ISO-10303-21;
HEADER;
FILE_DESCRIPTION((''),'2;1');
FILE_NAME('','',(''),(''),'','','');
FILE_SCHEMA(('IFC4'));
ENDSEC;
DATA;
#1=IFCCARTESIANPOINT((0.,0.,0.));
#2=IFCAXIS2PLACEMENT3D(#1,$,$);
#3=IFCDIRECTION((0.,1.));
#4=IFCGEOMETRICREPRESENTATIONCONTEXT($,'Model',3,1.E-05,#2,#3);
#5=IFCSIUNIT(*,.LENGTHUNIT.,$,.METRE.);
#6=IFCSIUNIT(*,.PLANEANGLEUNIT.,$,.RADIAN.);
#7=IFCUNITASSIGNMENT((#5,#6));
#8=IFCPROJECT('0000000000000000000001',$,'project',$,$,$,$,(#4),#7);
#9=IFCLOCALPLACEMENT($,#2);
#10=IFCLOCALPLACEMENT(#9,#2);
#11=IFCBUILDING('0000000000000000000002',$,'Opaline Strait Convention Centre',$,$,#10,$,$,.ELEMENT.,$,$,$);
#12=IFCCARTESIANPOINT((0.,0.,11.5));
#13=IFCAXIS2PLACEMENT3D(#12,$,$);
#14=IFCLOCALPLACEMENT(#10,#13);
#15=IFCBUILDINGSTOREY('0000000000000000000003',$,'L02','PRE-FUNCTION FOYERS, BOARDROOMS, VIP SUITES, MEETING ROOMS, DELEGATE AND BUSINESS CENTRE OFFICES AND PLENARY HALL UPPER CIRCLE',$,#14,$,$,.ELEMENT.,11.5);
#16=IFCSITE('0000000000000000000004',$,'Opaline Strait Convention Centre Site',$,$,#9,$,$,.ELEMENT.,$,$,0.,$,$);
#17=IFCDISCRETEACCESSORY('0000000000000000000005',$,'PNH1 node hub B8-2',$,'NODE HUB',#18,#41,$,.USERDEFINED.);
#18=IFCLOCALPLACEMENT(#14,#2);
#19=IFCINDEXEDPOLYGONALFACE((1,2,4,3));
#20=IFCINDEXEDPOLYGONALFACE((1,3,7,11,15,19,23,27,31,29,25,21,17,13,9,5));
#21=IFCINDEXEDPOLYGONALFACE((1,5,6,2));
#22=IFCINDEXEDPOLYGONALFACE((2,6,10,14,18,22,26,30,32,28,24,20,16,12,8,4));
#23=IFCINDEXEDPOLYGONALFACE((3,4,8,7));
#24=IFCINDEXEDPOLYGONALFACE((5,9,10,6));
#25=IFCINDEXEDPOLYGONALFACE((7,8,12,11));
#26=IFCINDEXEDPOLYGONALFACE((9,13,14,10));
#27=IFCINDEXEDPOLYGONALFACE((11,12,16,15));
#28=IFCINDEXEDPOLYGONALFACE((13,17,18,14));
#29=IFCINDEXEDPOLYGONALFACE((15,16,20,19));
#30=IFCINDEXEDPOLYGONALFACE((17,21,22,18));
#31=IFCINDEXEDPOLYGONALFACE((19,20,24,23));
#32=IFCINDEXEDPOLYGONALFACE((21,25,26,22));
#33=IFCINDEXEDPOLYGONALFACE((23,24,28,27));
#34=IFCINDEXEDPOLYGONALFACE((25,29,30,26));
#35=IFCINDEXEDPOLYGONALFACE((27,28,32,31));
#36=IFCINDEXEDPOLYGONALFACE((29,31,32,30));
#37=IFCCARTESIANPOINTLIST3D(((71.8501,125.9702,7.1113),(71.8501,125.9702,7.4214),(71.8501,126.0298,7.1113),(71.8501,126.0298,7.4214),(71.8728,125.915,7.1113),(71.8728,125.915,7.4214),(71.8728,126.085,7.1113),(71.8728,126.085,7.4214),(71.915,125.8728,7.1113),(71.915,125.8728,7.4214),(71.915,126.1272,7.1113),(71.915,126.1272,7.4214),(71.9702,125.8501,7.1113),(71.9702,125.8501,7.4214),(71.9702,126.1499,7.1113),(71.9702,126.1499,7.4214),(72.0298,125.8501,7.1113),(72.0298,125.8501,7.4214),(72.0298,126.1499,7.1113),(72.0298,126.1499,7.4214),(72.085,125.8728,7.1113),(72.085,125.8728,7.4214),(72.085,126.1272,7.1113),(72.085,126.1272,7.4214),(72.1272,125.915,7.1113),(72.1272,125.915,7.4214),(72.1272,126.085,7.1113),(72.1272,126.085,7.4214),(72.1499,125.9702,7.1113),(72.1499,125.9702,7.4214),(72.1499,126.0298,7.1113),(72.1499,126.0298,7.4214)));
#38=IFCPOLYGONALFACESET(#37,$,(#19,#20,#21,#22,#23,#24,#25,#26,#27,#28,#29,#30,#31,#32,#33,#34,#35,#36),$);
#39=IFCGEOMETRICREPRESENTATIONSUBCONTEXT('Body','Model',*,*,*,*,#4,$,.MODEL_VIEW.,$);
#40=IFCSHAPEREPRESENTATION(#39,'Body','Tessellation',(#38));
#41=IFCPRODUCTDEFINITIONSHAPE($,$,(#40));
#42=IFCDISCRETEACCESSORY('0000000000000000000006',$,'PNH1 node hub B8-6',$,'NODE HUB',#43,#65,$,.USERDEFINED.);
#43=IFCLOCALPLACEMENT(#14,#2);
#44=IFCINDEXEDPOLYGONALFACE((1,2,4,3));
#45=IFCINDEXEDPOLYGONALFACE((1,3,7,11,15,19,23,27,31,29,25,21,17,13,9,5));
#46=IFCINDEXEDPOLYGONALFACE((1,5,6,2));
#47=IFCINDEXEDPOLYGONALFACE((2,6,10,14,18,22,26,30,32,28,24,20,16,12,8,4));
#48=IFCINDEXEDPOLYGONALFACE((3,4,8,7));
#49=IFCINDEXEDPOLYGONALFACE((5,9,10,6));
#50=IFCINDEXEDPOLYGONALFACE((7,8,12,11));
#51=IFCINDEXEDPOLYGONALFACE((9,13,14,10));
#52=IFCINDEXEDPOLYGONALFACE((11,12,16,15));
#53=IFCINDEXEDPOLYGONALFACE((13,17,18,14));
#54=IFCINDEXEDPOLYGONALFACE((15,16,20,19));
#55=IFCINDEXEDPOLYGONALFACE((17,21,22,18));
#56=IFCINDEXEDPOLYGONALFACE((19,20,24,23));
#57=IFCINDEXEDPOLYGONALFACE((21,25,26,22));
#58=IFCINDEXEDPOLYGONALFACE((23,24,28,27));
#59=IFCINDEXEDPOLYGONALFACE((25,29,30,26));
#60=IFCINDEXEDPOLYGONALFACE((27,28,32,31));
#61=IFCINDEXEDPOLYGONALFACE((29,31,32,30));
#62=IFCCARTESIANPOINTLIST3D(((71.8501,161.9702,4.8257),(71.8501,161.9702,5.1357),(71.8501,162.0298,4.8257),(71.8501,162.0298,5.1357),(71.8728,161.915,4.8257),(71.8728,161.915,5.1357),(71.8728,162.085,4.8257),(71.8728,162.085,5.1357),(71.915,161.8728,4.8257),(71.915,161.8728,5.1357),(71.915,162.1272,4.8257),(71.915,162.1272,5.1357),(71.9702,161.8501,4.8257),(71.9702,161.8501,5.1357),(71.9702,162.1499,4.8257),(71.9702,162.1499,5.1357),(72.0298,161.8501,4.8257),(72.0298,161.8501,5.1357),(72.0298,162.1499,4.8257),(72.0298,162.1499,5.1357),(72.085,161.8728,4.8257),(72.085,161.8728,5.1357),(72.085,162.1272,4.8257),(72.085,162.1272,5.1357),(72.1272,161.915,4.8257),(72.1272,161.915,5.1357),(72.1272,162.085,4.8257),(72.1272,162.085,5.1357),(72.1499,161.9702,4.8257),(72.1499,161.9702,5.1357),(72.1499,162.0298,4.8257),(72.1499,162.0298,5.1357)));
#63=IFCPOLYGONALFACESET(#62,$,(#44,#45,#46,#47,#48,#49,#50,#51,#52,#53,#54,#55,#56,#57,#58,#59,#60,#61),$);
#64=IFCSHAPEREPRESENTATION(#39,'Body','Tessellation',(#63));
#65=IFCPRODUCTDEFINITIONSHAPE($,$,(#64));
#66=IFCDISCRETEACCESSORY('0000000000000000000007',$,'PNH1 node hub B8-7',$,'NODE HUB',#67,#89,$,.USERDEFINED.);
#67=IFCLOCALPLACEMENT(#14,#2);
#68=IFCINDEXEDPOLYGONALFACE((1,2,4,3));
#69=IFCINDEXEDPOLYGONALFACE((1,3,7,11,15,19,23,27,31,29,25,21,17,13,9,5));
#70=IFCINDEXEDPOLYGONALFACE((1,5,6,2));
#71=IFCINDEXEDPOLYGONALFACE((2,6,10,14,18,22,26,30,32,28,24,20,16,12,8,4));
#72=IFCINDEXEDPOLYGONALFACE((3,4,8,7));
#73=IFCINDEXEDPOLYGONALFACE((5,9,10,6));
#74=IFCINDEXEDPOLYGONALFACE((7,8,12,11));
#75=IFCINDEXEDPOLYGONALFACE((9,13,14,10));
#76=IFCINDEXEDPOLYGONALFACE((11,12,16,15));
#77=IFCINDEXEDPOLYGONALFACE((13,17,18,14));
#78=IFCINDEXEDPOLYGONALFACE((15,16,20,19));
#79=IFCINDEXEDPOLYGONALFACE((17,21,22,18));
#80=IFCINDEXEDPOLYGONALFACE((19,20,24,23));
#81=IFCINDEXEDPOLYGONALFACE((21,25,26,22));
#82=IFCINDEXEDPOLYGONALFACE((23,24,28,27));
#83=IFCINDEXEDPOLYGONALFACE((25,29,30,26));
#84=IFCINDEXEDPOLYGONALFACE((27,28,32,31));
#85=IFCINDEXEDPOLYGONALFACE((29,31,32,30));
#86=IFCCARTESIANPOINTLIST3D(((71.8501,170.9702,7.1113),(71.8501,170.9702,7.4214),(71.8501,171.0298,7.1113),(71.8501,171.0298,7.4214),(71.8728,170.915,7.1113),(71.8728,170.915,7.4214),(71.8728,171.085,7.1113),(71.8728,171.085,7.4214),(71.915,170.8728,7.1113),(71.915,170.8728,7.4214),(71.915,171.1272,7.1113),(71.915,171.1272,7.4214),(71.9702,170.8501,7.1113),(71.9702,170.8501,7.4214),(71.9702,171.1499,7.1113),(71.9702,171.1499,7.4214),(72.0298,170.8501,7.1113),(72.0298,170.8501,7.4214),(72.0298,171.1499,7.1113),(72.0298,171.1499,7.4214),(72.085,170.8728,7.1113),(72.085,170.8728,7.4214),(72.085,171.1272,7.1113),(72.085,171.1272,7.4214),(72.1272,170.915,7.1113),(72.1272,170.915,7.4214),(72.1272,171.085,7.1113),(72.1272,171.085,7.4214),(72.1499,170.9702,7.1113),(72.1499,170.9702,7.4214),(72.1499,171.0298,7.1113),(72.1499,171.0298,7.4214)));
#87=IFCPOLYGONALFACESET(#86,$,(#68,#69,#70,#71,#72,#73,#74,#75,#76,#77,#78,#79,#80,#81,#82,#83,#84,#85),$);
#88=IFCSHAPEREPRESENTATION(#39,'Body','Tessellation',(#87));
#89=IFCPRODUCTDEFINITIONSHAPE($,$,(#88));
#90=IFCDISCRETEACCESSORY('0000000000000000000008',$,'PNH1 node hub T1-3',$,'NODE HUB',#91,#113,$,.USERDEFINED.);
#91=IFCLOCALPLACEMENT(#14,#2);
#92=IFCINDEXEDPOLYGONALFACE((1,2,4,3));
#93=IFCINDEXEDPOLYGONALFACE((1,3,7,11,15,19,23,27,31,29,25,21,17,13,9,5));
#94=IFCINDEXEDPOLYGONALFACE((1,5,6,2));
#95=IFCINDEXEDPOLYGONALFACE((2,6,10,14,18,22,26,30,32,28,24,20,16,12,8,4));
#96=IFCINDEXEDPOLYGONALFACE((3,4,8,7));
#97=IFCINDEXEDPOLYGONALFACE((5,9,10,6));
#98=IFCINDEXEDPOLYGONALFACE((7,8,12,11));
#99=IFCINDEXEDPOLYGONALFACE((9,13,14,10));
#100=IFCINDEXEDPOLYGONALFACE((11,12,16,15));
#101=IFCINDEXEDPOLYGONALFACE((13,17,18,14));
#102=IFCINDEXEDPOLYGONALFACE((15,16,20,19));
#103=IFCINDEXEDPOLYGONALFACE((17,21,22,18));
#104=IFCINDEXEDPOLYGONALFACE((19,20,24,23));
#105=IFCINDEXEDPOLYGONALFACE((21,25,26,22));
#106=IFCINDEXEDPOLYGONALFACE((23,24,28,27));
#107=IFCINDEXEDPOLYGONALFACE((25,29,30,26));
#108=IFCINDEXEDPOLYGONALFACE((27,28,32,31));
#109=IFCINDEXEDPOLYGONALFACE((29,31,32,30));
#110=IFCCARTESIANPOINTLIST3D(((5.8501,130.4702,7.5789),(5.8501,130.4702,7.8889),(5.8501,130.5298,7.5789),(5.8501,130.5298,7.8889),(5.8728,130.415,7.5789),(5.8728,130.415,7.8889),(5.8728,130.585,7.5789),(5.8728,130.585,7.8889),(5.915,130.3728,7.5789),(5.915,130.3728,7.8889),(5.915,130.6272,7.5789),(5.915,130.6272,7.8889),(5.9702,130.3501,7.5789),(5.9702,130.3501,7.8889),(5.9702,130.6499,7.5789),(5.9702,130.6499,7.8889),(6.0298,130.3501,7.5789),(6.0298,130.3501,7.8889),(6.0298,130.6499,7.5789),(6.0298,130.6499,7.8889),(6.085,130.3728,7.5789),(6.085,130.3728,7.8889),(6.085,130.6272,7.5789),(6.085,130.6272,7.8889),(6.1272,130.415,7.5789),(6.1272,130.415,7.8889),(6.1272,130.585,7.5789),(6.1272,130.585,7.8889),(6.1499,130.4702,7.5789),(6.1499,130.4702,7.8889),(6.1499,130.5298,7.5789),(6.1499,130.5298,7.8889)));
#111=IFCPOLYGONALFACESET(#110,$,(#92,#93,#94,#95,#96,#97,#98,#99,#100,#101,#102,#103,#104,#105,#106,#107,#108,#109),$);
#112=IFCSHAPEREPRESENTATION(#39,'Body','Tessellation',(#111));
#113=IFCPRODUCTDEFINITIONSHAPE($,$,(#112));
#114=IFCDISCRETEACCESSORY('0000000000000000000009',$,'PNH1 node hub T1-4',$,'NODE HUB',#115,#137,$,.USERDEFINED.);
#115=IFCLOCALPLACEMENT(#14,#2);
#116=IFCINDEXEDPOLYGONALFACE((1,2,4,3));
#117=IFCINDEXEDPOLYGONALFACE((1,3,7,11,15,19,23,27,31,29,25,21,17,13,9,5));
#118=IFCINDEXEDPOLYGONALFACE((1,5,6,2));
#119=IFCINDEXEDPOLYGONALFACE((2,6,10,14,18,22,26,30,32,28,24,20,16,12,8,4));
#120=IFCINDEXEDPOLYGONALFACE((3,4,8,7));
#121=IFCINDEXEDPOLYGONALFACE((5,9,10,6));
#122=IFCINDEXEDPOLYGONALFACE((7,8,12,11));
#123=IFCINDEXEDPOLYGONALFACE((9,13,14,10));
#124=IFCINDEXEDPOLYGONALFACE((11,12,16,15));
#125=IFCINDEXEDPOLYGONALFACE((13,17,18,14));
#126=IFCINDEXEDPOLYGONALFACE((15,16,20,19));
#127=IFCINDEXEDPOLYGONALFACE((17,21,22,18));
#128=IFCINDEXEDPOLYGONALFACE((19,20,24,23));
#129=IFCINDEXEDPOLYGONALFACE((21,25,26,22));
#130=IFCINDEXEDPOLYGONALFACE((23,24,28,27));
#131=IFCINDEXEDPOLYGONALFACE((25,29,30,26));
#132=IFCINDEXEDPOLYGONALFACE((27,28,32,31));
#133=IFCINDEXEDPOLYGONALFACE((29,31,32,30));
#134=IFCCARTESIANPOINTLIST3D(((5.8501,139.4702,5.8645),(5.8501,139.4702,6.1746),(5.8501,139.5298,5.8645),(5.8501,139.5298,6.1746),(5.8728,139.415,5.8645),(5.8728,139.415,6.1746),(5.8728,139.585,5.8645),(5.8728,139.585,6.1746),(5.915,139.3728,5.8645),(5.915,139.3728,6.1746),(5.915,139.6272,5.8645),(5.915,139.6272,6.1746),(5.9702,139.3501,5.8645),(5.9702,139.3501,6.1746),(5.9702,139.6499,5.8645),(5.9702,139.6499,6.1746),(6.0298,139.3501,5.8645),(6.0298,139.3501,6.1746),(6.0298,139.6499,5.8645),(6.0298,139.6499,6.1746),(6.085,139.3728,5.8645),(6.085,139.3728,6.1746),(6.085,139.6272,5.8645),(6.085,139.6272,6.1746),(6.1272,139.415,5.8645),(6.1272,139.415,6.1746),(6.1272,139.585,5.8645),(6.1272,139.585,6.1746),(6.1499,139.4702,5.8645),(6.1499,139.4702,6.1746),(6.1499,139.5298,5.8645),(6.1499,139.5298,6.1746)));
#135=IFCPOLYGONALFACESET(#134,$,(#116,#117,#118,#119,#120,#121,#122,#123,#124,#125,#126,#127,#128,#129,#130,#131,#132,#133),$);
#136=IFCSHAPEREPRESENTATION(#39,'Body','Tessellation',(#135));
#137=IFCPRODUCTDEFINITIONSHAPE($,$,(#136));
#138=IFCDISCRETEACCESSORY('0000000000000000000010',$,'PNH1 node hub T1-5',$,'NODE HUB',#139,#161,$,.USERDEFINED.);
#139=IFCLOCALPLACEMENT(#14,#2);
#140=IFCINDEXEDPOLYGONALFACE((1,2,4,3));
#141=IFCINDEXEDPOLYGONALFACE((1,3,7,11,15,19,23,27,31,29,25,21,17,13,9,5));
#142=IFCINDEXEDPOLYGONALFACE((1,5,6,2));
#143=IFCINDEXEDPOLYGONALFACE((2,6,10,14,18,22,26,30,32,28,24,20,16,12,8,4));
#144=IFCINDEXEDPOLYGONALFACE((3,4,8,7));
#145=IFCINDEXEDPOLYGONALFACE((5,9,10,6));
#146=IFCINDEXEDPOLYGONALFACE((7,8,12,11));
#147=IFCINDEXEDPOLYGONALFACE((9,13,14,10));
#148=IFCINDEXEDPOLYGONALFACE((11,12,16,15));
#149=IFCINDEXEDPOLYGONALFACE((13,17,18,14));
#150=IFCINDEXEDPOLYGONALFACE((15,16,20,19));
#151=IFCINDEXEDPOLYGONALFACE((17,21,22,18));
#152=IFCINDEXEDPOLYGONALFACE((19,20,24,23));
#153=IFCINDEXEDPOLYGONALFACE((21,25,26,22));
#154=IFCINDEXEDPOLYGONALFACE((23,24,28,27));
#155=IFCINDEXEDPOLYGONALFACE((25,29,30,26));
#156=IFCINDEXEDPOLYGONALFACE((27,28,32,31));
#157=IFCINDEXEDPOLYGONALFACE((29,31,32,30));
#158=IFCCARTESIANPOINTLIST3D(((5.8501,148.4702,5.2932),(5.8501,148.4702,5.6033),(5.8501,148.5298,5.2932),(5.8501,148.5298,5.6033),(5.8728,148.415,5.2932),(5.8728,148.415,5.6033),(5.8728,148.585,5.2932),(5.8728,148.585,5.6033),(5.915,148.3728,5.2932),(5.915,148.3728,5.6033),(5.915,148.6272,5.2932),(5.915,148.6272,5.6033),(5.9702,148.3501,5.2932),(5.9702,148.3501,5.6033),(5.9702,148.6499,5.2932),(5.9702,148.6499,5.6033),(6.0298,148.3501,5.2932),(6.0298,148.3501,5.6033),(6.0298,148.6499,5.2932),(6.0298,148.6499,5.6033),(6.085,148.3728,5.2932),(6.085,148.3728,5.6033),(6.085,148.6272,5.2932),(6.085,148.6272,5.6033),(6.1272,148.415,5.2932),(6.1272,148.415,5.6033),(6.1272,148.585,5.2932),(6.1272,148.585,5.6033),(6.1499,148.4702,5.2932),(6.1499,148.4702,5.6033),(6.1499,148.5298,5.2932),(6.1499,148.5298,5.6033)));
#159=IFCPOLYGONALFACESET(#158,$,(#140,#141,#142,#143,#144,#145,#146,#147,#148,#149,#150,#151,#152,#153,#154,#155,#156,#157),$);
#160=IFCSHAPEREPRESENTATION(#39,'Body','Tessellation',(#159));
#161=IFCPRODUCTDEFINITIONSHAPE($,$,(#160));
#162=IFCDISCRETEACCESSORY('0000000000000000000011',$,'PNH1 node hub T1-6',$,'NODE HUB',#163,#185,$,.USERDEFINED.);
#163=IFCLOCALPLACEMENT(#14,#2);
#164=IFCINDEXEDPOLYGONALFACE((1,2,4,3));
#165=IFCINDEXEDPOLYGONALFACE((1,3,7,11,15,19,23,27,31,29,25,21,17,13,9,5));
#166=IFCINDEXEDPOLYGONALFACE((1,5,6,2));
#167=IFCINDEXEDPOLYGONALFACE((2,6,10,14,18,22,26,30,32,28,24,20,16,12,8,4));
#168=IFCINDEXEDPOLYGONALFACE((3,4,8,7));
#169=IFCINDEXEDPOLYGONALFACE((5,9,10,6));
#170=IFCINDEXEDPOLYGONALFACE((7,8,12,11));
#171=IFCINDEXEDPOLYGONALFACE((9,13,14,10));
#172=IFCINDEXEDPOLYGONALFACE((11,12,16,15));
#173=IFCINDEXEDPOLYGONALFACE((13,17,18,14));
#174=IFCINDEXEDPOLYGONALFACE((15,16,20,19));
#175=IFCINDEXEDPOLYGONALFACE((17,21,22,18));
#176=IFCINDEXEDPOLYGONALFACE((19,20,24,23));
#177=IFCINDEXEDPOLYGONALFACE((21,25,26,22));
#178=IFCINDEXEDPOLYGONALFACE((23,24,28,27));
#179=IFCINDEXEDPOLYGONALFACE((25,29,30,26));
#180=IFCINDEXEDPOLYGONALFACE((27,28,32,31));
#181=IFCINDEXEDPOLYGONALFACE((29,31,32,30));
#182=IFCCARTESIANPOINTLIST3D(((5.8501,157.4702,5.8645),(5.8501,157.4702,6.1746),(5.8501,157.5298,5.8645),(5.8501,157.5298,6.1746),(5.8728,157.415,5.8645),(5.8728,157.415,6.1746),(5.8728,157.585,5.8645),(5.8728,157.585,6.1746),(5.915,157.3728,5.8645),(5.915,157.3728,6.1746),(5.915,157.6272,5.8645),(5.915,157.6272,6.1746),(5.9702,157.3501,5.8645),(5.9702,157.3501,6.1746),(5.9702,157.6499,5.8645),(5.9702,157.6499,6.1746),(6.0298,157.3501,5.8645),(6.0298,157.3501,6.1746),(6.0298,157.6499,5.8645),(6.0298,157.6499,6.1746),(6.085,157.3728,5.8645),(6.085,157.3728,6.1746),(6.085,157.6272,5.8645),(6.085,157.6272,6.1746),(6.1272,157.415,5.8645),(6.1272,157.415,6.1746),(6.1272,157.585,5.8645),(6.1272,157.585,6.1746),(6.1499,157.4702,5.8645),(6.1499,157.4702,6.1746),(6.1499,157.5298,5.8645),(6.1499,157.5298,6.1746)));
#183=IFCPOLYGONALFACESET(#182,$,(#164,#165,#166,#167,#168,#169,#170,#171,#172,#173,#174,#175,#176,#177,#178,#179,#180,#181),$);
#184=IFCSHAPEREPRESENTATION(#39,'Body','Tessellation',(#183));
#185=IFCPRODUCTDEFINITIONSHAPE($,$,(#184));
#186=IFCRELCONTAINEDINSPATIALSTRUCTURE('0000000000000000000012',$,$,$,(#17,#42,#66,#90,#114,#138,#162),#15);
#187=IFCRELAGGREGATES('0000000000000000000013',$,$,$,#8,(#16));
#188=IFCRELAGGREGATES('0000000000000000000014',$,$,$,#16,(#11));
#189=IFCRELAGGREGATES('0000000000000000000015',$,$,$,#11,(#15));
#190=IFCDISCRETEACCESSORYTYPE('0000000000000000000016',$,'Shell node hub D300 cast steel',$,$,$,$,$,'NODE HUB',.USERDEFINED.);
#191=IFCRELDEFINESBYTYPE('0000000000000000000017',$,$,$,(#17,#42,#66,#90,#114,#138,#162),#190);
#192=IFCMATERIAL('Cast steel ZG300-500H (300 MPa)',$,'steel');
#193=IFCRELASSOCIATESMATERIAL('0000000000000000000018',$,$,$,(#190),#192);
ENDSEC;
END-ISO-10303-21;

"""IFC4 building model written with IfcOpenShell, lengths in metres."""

from ifc_helpers import new_model, si_unit, direction, frame, origin, place, context, subcontext, project, spatial, polyline, outline, extrude, material, type_object, element, save


model = new_model("IFC4")

# Units and contexts
model_context = context("Model", 3, precision=1e-05, world=origin(), true_north=direction((0.0, 1.0)))
body_context = subcontext(model_context, "Body", "Model", "MODEL_VIEW")
ifc_project = project(units=[si_unit("LENGTHUNIT", "METRE"), si_unit("PLANEANGLEUNIT", "RADIAN")], contexts=[model_context])

# Site, building, storey
site_placement = place(None, origin())
site = spatial("IfcSite", under=ifc_project, at=site_placement, Name="Opaline Strait Convention Centre Site", CompositionType="ELEMENT", RefElevation=0.0)
building_placement = place(site_placement, origin())
building = spatial("IfcBuilding", under=site, at=building_placement, Name="Opaline Strait Convention Centre", CompositionType="ELEMENT")
storey_placement = place(building_placement, frame((0.0, 0.0, 11.5)))
storey = spatial("IfcBuildingStorey", under=building, at=storey_placement, Name="L02", Description="PRE-FUNCTION FOYERS, BOARDROOMS, VIP SUITES, MEETING ROOMS, DELEGATE AND BUSINESS CENTRE OFFICES AND PLENARY HALL UPPER CIRCLE", CompositionType="ELEMENT", Elevation=11.5)

# Discrete accessories
ifc_material = material(Name="Cast steel ZG300-500H (300 MPa)", Category="steel")
discrete_accessory_type = type_object("IfcDiscreteAccessoryType", Name="Shell node hub D300 cast steel", ElementType="NODE HUB", PredefinedType="USERDEFINED", material=ifc_material)
discrete_accessory_1_placement = place(storey_placement, frame((0.0, 0.0, 7.1113)))
element("IfcDiscreteAccessory", 1, at=discrete_accessory_1_placement, inside=storey, type_object=discrete_accessory_type, Name="PNH1 node hub B8-2", ObjectType="NODE HUB", PredefinedType="USERDEFINED", context=body_context, shape_type="SweptSolid", body=[
    extrude(outline(polyline([(72.1499, 126.0298), (72.1272, 126.085), (72.085, 126.1272), (72.0298, 126.1499), (71.9702, 126.1499), (71.915, 126.1272), (71.8728, 126.085), (71.8501, 126.0298), (71.8501, 125.9702), (71.8728, 125.915), (71.915, 125.8728), (71.9702, 125.8501), (72.0298, 125.8501), (72.085, 125.8728), (72.1272, 125.915), (72.1499, 125.9702), (72.1499, 126.0298)])), origin(), (0.0, 0.0, 1.0), 0.3101),
])
discrete_accessory_2_placement = place(storey_placement, frame((0.0, 0.0, 4.8257)))
element("IfcDiscreteAccessory", 2, at=discrete_accessory_2_placement, inside=storey, type_object=discrete_accessory_type, Name="PNH1 node hub B8-6", ObjectType="NODE HUB", PredefinedType="USERDEFINED", context=body_context, shape_type="SweptSolid", body=[
    extrude(outline(polyline([(72.1499, 162.0298), (72.1272, 162.085), (72.085, 162.1272), (72.0298, 162.1499), (71.9702, 162.1499), (71.915, 162.1272), (71.8728, 162.085), (71.8501, 162.0298), (71.8501, 161.9702), (71.8728, 161.915), (71.915, 161.8728), (71.9702, 161.8501), (72.0298, 161.8501), (72.085, 161.8728), (72.1272, 161.915), (72.1499, 161.9702), (72.1499, 162.0298)])), origin(), (0.0, 0.0, 1.0), 0.3101),
])
discrete_accessory_3_placement = place(storey_placement, frame((0.0, 0.0, 7.1113)))
element("IfcDiscreteAccessory", 3, at=discrete_accessory_3_placement, inside=storey, type_object=discrete_accessory_type, Name="PNH1 node hub B8-7", ObjectType="NODE HUB", PredefinedType="USERDEFINED", context=body_context, shape_type="SweptSolid", body=[
    extrude(outline(polyline([(72.1499, 171.0298), (72.1272, 171.085), (72.085, 171.1272), (72.0298, 171.1499), (71.9702, 171.1499), (71.915, 171.1272), (71.8728, 171.085), (71.8501, 171.0298), (71.8501, 170.9702), (71.8728, 170.915), (71.915, 170.8728), (71.9702, 170.8501), (72.0298, 170.8501), (72.085, 170.8728), (72.1272, 170.915), (72.1499, 170.9702), (72.1499, 171.0298)])), origin(), (0.0, 0.0, 1.0), 0.3101),
])
discrete_accessory_4_placement = place(storey_placement, frame((0.0, 0.0, 7.5789)))
element("IfcDiscreteAccessory", 4, at=discrete_accessory_4_placement, inside=storey, type_object=discrete_accessory_type, Name="PNH1 node hub T1-3", ObjectType="NODE HUB", PredefinedType="USERDEFINED", context=body_context, shape_type="SweptSolid", body=[
    extrude(outline(polyline([(6.1499, 130.5298), (6.1272, 130.585), (6.085, 130.6272), (6.0298, 130.6499), (5.9702, 130.6499), (5.915, 130.6272), (5.8728, 130.585), (5.8501, 130.5298), (5.8501, 130.4702), (5.8728, 130.415), (5.915, 130.3728), (5.9702, 130.3501), (6.0298, 130.3501), (6.085, 130.3728), (6.1272, 130.415), (6.1499, 130.4702), (6.1499, 130.5298)])), origin(), (0.0, 0.0, 1.0), 0.3101),
])
discrete_accessory_5_placement = place(storey_placement, frame((0.0, 0.0, 5.8645)))
element("IfcDiscreteAccessory", 5, at=discrete_accessory_5_placement, inside=storey, type_object=discrete_accessory_type, Name="PNH1 node hub T1-4", ObjectType="NODE HUB", PredefinedType="USERDEFINED", context=body_context, shape_type="SweptSolid", body=[
    extrude(outline(polyline([(6.1499, 139.5298), (6.1272, 139.585), (6.085, 139.6272), (6.0298, 139.6499), (5.9702, 139.6499), (5.915, 139.6272), (5.8728, 139.585), (5.8501, 139.5298), (5.8501, 139.4702), (5.8728, 139.415), (5.915, 139.3728), (5.9702, 139.3501), (6.0298, 139.3501), (6.085, 139.3728), (6.1272, 139.415), (6.1499, 139.4702), (6.1499, 139.5298)])), origin(), (0.0, 0.0, 1.0), 0.3101),
])
discrete_accessory_6_placement = place(storey_placement, frame((0.0, 0.0, 5.2932)))
element("IfcDiscreteAccessory", 6, at=discrete_accessory_6_placement, inside=storey, type_object=discrete_accessory_type, Name="PNH1 node hub T1-5", ObjectType="NODE HUB", PredefinedType="USERDEFINED", context=body_context, shape_type="SweptSolid", body=[
    extrude(outline(polyline([(6.1499, 148.5298), (6.1272, 148.585), (6.085, 148.6272), (6.0298, 148.6499), (5.9702, 148.6499), (5.915, 148.6272), (5.8728, 148.585), (5.8501, 148.5298), (5.8501, 148.4702), (5.8728, 148.415), (5.915, 148.3728), (5.9702, 148.3501), (6.0298, 148.3501), (6.085, 148.3728), (6.1272, 148.415), (6.1499, 148.4702), (6.1499, 148.5298)])), origin(), (0.0, 0.0, 1.0), 0.3101),
])
discrete_accessory_7_placement = place(storey_placement, frame((0.0, 0.0, 5.8645)))
element("IfcDiscreteAccessory", 7, at=discrete_accessory_7_placement, inside=storey, type_object=discrete_accessory_type, Name="PNH1 node hub T1-6", ObjectType="NODE HUB", PredefinedType="USERDEFINED", context=body_context, shape_type="SweptSolid", body=[
    extrude(outline(polyline([(6.1499, 157.5298), (6.1272, 157.585), (6.085, 157.6272), (6.0298, 157.6499), (5.9702, 157.6499), (5.915, 157.6272), (5.8728, 157.585), (5.8501, 157.5298), (5.8501, 157.4702), (5.8728, 157.415), (5.915, 157.3728), (5.9702, 157.3501), (6.0298, 157.3501), (6.085, 157.3728), (6.1272, 157.415), (6.1499, 157.4702), (6.1499, 157.5298)])), origin(), (0.0, 0.0, 1.0), 0.3101),
])

save(model, "model.ifc")
